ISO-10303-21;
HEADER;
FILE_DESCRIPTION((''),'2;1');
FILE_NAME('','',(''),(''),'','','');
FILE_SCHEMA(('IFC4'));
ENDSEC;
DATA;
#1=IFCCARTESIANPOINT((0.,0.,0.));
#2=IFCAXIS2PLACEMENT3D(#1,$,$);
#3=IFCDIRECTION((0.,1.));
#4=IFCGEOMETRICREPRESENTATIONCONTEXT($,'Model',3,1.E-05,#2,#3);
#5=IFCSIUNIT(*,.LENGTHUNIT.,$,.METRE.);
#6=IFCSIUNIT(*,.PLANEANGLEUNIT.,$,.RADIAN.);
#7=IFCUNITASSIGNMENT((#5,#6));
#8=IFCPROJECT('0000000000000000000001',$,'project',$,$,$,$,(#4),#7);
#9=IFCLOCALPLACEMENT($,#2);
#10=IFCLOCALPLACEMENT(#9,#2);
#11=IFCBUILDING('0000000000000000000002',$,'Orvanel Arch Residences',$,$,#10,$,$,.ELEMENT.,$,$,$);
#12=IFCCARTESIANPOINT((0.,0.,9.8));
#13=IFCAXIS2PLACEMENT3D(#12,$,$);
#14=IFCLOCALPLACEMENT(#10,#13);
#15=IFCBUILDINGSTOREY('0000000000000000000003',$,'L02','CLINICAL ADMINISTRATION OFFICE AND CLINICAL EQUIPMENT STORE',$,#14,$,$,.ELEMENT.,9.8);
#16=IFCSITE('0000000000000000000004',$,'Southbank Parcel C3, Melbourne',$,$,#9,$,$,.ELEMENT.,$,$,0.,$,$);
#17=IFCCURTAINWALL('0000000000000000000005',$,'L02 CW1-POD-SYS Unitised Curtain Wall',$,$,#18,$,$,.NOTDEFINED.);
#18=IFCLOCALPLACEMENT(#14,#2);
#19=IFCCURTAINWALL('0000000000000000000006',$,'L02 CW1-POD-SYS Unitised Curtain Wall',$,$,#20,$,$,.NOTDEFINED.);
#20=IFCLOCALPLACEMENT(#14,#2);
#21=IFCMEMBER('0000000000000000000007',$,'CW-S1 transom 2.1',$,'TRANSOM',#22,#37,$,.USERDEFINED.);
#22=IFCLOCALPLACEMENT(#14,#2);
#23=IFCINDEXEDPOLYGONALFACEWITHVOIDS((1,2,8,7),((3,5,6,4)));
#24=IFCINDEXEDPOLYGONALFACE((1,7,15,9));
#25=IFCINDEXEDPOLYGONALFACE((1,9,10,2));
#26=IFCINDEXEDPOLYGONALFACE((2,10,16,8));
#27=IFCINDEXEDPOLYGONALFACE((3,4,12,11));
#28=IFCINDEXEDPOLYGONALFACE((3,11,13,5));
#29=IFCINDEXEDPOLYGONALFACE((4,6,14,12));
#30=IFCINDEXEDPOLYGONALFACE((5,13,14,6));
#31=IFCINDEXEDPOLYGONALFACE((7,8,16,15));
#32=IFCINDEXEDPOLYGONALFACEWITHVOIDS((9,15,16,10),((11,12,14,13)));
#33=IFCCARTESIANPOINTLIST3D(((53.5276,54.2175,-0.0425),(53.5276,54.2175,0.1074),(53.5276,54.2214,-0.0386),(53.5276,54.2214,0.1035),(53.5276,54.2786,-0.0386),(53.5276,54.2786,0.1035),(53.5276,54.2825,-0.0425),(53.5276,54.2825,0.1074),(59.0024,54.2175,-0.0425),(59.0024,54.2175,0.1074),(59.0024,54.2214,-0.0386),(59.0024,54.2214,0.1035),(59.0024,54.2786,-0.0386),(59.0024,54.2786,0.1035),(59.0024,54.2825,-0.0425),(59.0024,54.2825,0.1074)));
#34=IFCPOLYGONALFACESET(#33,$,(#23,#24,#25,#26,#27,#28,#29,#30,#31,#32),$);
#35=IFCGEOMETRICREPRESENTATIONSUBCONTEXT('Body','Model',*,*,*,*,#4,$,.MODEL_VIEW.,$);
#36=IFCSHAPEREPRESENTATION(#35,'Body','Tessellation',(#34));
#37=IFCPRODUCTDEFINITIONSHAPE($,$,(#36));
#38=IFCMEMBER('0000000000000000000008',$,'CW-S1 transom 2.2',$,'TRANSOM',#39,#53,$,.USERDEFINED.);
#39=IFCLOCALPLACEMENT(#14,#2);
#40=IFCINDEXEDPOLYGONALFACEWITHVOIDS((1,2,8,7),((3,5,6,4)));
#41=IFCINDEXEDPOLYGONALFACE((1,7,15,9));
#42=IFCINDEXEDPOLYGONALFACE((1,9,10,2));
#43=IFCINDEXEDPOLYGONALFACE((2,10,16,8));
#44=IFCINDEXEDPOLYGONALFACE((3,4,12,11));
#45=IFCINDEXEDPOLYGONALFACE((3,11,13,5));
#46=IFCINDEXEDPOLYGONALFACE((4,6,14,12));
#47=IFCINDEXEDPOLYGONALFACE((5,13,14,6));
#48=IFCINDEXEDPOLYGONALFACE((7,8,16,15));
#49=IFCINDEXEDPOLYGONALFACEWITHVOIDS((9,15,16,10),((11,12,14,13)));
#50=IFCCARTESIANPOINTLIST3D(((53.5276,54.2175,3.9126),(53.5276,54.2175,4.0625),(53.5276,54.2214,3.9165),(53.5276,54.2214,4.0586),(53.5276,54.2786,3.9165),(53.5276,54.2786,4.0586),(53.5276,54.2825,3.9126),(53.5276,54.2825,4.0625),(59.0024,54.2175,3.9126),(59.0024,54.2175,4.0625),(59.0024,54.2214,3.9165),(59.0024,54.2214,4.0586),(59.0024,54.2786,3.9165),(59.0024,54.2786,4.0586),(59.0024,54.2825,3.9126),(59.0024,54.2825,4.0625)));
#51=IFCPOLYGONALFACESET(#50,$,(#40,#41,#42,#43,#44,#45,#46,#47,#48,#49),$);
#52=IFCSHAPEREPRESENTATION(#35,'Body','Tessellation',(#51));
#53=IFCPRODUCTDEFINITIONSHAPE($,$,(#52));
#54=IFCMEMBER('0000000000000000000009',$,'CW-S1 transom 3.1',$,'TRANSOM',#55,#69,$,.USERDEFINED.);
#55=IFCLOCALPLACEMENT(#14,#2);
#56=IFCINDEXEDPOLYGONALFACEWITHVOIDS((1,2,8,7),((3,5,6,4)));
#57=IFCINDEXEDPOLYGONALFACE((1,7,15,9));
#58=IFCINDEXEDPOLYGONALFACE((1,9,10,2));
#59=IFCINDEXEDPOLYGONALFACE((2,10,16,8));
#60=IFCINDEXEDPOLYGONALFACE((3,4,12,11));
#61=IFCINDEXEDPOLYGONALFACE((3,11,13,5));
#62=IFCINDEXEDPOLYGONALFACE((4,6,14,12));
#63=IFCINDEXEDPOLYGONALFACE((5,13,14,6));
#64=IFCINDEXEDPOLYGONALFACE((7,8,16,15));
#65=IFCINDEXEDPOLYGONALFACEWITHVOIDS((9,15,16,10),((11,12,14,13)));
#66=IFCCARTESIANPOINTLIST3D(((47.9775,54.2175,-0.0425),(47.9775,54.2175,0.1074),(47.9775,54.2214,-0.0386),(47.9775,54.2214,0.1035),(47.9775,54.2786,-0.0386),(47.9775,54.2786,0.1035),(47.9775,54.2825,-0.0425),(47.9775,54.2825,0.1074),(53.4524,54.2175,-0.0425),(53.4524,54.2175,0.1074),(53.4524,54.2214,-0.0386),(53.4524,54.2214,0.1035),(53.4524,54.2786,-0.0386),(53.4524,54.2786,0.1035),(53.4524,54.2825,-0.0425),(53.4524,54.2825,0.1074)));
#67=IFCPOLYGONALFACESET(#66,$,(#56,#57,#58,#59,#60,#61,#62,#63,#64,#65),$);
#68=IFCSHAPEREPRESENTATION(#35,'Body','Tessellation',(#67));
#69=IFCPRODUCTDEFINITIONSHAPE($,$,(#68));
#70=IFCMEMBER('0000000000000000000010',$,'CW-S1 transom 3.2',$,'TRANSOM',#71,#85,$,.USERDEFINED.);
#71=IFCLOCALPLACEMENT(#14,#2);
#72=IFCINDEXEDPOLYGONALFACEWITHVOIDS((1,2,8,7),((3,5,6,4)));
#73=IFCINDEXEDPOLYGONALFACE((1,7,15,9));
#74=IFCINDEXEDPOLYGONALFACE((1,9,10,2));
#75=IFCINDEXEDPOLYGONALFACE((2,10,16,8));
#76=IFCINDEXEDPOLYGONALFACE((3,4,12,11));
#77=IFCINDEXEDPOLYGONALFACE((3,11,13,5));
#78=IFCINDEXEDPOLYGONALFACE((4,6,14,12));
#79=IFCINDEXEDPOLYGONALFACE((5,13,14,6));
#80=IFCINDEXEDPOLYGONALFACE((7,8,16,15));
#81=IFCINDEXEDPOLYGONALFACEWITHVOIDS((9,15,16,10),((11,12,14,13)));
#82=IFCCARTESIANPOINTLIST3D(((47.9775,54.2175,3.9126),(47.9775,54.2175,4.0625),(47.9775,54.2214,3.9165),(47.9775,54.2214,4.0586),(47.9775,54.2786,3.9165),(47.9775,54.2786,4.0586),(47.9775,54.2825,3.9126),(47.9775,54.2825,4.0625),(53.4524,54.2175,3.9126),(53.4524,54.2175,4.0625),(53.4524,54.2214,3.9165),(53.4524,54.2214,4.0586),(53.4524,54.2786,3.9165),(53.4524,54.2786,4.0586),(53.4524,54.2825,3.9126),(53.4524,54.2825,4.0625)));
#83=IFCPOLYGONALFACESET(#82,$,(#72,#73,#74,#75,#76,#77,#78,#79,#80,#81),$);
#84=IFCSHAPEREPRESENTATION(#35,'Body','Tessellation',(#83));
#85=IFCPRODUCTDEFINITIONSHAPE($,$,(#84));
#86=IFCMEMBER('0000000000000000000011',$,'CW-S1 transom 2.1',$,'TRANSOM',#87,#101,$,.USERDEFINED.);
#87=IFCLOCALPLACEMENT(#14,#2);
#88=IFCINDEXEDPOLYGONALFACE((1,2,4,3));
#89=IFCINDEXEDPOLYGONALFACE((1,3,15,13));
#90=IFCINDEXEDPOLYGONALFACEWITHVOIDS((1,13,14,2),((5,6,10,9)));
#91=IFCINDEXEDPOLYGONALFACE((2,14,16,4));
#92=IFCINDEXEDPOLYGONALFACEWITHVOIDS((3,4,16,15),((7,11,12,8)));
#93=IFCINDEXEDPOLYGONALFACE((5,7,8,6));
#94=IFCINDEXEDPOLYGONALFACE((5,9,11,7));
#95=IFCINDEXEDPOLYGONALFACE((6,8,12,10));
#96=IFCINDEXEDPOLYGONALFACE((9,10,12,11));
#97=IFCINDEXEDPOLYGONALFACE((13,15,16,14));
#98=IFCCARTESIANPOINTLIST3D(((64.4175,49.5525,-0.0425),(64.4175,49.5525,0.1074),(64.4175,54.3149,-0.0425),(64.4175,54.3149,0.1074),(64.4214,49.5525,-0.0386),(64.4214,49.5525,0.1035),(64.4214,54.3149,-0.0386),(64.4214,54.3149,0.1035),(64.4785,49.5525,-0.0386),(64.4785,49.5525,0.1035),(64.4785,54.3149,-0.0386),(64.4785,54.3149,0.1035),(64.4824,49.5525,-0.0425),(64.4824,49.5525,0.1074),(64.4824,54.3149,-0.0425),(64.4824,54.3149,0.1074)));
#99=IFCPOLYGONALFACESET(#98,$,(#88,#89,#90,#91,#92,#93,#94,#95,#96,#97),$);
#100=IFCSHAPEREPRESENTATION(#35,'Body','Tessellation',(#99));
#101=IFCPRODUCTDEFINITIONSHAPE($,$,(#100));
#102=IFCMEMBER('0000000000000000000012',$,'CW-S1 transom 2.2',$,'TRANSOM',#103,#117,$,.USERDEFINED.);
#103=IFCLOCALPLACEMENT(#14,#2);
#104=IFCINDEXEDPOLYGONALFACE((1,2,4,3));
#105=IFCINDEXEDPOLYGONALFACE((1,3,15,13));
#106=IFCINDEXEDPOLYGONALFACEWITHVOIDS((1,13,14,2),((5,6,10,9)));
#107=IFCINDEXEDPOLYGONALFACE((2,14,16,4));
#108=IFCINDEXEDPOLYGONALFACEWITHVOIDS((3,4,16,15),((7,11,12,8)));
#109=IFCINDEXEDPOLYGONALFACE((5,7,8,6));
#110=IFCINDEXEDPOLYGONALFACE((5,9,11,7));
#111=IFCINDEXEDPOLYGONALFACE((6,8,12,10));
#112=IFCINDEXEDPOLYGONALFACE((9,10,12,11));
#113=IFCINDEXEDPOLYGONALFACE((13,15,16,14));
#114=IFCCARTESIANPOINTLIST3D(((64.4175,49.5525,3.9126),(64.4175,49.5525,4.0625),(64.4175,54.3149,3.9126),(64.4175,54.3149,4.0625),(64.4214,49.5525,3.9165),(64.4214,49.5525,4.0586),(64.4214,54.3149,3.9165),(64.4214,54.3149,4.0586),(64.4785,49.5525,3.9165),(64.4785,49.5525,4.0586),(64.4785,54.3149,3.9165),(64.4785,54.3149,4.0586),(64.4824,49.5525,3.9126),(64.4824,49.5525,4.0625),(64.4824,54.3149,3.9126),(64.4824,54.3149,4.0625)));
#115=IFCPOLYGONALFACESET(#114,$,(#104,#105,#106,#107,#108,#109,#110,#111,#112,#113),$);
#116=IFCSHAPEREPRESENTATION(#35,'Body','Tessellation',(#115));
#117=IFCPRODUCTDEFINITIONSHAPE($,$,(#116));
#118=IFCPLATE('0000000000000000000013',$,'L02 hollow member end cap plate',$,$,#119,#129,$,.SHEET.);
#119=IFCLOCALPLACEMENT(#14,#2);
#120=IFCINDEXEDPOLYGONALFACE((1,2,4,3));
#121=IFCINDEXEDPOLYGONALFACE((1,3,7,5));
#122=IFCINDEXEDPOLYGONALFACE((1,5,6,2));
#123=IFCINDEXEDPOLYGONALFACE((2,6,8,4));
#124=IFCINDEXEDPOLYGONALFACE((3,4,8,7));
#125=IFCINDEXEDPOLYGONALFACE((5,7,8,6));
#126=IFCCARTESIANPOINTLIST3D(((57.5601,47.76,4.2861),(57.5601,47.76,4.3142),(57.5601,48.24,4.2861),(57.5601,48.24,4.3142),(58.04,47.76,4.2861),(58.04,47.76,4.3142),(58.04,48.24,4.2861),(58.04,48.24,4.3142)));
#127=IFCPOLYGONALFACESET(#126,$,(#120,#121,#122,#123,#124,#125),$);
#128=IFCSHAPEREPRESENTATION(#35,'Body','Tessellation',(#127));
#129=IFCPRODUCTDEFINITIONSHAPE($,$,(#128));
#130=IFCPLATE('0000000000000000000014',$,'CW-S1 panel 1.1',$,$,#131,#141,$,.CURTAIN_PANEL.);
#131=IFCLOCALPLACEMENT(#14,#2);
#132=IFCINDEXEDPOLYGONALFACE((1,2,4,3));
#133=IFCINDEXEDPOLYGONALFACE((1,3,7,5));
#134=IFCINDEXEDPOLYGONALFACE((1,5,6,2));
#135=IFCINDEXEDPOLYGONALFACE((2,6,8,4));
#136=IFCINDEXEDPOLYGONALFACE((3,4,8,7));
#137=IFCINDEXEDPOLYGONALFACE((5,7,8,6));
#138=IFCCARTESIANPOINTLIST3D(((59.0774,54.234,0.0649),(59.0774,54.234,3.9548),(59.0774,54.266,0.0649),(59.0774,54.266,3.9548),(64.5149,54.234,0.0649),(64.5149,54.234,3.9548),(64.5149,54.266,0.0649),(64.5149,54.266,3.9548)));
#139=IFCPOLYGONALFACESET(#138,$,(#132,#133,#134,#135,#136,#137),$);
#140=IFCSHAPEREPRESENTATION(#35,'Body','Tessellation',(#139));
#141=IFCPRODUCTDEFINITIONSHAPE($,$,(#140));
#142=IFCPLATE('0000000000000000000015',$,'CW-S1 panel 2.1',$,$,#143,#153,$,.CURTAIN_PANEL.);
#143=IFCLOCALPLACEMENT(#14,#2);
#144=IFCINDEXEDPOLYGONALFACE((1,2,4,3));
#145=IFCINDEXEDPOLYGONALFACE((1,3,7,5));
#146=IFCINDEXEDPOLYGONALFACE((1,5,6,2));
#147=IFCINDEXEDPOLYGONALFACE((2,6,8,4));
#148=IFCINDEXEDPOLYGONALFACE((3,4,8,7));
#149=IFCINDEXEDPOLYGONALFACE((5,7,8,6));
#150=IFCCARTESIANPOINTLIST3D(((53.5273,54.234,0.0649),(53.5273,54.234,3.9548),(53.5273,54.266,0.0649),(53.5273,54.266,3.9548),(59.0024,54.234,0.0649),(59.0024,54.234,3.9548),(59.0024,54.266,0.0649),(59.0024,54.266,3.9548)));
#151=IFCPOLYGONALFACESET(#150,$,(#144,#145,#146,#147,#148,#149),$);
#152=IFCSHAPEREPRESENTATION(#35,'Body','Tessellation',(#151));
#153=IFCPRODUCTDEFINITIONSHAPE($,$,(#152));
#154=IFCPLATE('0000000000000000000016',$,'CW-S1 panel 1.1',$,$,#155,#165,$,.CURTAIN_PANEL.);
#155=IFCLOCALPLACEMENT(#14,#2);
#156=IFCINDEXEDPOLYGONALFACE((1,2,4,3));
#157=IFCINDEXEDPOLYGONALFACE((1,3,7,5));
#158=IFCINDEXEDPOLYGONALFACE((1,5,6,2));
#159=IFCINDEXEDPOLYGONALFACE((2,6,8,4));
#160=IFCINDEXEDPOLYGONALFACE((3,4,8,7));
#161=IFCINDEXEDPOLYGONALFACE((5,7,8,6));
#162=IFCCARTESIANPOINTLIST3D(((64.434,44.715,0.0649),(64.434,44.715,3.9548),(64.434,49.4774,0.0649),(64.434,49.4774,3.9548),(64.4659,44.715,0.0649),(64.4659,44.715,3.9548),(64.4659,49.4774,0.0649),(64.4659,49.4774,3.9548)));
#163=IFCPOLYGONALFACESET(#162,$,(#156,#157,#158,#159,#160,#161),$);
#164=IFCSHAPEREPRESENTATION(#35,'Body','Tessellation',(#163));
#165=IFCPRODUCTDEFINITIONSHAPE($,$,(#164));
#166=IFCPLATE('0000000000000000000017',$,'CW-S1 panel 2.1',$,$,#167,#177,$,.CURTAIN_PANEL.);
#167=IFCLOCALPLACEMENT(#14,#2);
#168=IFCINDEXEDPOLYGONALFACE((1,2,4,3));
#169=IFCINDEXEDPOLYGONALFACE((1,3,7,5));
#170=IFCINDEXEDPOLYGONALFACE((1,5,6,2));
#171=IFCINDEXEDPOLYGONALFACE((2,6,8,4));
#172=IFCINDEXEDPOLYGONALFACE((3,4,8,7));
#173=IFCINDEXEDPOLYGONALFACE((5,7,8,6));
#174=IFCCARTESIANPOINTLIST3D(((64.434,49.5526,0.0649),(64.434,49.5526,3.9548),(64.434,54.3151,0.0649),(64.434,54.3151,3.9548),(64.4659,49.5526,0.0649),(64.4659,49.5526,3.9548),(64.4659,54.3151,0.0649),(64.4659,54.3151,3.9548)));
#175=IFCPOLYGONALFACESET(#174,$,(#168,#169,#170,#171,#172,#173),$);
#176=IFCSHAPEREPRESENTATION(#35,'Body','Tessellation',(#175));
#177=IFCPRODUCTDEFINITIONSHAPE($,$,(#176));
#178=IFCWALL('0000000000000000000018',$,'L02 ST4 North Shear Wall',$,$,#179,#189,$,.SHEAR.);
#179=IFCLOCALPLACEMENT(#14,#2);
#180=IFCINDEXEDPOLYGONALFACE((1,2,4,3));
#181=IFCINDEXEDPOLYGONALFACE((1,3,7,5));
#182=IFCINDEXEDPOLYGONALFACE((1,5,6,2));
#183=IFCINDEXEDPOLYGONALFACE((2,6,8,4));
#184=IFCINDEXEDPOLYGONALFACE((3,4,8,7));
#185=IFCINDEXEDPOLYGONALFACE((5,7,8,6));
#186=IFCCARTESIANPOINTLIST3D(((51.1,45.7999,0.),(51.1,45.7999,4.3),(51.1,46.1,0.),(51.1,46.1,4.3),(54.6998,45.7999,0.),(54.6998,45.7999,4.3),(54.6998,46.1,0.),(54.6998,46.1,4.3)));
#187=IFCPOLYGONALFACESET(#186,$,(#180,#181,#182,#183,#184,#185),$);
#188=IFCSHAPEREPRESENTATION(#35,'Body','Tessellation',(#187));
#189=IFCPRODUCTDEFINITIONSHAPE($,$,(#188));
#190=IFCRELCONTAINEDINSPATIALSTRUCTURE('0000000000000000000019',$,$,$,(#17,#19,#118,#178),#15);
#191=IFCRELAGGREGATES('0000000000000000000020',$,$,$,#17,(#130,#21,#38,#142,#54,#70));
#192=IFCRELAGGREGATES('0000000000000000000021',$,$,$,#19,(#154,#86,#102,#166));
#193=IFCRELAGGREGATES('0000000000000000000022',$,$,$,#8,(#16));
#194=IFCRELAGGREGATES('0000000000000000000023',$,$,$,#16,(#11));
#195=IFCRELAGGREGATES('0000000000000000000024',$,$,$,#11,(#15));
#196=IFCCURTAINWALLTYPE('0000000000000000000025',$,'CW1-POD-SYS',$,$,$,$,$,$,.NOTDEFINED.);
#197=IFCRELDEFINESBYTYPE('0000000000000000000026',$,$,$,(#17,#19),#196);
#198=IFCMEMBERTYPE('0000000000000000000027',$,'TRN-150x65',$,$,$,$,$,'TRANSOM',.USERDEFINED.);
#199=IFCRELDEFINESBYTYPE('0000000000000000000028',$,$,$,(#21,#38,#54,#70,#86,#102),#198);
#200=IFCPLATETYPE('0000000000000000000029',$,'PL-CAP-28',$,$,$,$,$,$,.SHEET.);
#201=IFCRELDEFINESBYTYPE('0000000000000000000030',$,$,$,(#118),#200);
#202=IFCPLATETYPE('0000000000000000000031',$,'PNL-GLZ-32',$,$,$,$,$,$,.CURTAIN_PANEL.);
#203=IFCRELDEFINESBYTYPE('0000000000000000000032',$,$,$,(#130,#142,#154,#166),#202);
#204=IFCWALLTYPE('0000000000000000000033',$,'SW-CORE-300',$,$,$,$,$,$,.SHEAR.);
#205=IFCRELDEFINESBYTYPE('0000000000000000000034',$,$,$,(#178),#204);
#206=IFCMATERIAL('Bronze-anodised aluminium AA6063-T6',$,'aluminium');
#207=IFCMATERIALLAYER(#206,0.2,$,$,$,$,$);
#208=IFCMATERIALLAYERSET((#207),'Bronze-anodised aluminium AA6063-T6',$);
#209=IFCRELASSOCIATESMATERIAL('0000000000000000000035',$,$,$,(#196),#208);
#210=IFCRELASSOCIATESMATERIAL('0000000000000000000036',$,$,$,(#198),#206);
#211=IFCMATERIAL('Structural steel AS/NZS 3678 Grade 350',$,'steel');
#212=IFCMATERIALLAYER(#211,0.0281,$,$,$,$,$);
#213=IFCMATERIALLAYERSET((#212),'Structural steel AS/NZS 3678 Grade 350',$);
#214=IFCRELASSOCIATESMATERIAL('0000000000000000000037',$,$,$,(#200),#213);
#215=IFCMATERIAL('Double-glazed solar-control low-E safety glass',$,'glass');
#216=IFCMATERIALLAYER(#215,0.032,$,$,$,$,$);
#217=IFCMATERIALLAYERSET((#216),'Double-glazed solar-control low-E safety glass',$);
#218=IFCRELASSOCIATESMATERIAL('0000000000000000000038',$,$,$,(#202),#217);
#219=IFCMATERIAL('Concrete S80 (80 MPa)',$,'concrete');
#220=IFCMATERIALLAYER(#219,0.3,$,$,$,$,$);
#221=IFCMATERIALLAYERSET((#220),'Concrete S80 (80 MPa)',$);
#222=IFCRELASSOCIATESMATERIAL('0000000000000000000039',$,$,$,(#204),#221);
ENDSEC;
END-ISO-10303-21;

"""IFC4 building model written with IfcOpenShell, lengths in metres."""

from ifc_helpers import new_model, si_unit, direction, frame, frame_2d, origin, origin_2d, place, context, subcontext, project, spatial, rectangle, hollow_rectangle, extrude, material, layer, layer_set, material_profile, profile_set, type_object, element, aggregate, save


model = new_model("IFC4")

# Units and contexts
model_context = context("Model", 3, precision=1e-05, world=origin(), true_north=direction((0.0, 1.0)))
body_context = subcontext(model_context, "Body", "Model", "MODEL_VIEW")
ifc_project = project(units=[si_unit("LENGTHUNIT", "METRE"), si_unit("PLANEANGLEUNIT", "RADIAN")], contexts=[model_context])

# Site, building, storey
site_placement = place(None, origin())
site = spatial("IfcSite", under=ifc_project, at=site_placement, Name="Southbank Parcel C3, Melbourne", CompositionType="ELEMENT", RefElevation=0.0)
building_placement = place(site_placement, origin())
building = spatial("IfcBuilding", under=site, at=building_placement, Name="Orvanel Arch Residences", CompositionType="ELEMENT")
storey_placement = place(building_placement, frame((0.0, 0.0, 9.8)))
storey = spatial("IfcBuildingStorey", under=building, at=storey_placement, Name="L02", Description="CLINICAL ADMINISTRATION OFFICE AND CLINICAL EQUIPMENT STORE", CompositionType="ELEMENT", Elevation=9.8)

# Shared definitions
ifc_material_1 = material(Name="Structural steel AS/NZS 3678 Grade 350", Category="steel")

# Curtain walls
ifc_material_2 = material(Name="Bronze-anodised aluminium AA6063-T6", Category="aluminium")
ifc_layer_1 = layer(ifc_material_2, 0.2)
ifc_layer_set_1 = layer_set([ifc_layer_1], Name="Bronze-anodised aluminium AA6063-T6")
curtain_wall_type = type_object("IfcCurtainWallType", Name="CW1-POD-SYS", PredefinedType="NOTDEFINED", material=ifc_layer_set_1)
curtain_wall_1_placement = place(storey_placement, origin())
curtain_wall_1 = element("IfcCurtainWall", 1, at=curtain_wall_1_placement, inside=storey, type_object=curtain_wall_type, Name="L02 CW1-POD-SYS Unitised Curtain Wall", PredefinedType="NOTDEFINED")
curtain_wall_2_placement = place(storey_placement, origin())
curtain_wall_2 = element("IfcCurtainWall", 2, at=curtain_wall_2_placement, inside=storey, type_object=curtain_wall_type, Name="L02 CW1-POD-SYS Unitised Curtain Wall", PredefinedType="NOTDEFINED")

# Members
ifc_material_profile_1 = material_profile(ifc_material_2, hollow_rectangle(XDim=0.0649, YDim=0.1499, WallThickness=0.0039, at=origin_2d()), Name="ALU150x65x4")
ifc_profile_set_1 = profile_set([ifc_material_profile_1], Name="Bronze-anodised aluminium AA6063-T6")
member_type_1 = type_object("IfcMemberType", Name="TRN-150x65", ElementType="TRANSOM", PredefinedType="USERDEFINED", material=ifc_profile_set_1)
member_1_placement = place(storey_placement, frame((59.0024, 54.25, 0.0325), z_axis=(-1.0, 0.0, 0.0), x_axis=(0.0, -1.0, 0.0)))
member_1 = element("IfcMember", 3, at=member_1_placement, type_object=member_type_1, Name="CW-S1 transom 2.1", ObjectType="TRANSOM", PredefinedType="USERDEFINED", context=body_context, shape_type="SweptSolid", body=[
    extrude(hollow_rectangle(XDim=0.0649, YDim=0.1499, WallThickness=0.0039, at=origin_2d()), origin(), (0.0, 0.0, 1.0), 5.4749),
])
member_2_placement = place(storey_placement, frame((59.0024, 54.25, 3.9875), z_axis=(-1.0, 0.0, 0.0), x_axis=(0.0, -1.0, 0.0)))
member_2 = element("IfcMember", 4, at=member_2_placement, type_object=member_type_1, Name="CW-S1 transom 2.2", ObjectType="TRANSOM", PredefinedType="USERDEFINED", context=body_context, shape_type="SweptSolid", body=[
    extrude(hollow_rectangle(XDim=0.0649, YDim=0.1499, WallThickness=0.0039, at=origin_2d()), origin(), (0.0, 0.0, 1.0), 5.4749),
])
member_3_placement = place(storey_placement, frame((53.4524, 54.25, 0.0325), z_axis=(-1.0, 0.0, 0.0), x_axis=(0.0, -1.0, 0.0)))
member_3 = element("IfcMember", 5, at=member_3_placement, type_object=member_type_1, Name="CW-S1 transom 3.1", ObjectType="TRANSOM", PredefinedType="USERDEFINED", context=body_context, shape_type="SweptSolid", body=[
    extrude(hollow_rectangle(XDim=0.0649, YDim=0.1499, WallThickness=0.0039, at=origin_2d()), origin(), (0.0, 0.0, 1.0), 5.4749),
])
member_4_placement = place(storey_placement, frame((53.4524, 54.25, 3.9875), z_axis=(-1.0, 0.0, 0.0), x_axis=(0.0, -1.0, 0.0)))
member_4 = element("IfcMember", 6, at=member_4_placement, type_object=member_type_1, Name="CW-S1 transom 3.2", ObjectType="TRANSOM", PredefinedType="USERDEFINED", context=body_context, shape_type="SweptSolid", body=[
    extrude(hollow_rectangle(XDim=0.0649, YDim=0.1499, WallThickness=0.0039, at=origin_2d()), origin(), (0.0, 0.0, 1.0), 5.4749),
])
member_5_placement = place(storey_placement, frame((64.45, 49.5525, 0.0325), z_axis=(0.0, 1.0, 0.0), x_axis=(-1.0, 0.0, 0.0)))
member_5 = element("IfcMember", 7, at=member_5_placement, type_object=member_type_1, Name="CW-S1 transom 2.1", ObjectType="TRANSOM", PredefinedType="USERDEFINED", context=body_context, shape_type="SweptSolid", body=[
    extrude(hollow_rectangle(XDim=0.0649, YDim=0.1499, WallThickness=0.0039, at=origin_2d()), origin(), (0.0, 0.0, 1.0), 4.7625),
])
member_6_placement = place(storey_placement, frame((64.45, 49.5525, 3.9875), z_axis=(0.0, 1.0, 0.0), x_axis=(-1.0, 0.0, 0.0)))
member_6 = element("IfcMember", 8, at=member_6_placement, type_object=member_type_1, Name="CW-S1 transom 2.2", ObjectType="TRANSOM", PredefinedType="USERDEFINED", context=body_context, shape_type="SweptSolid", body=[
    extrude(hollow_rectangle(XDim=0.0649, YDim=0.1499, WallThickness=0.0039, at=origin_2d()), origin(), (0.0, 0.0, 1.0), 4.7625),
])

# Plates
ifc_layer_2 = layer(ifc_material_1, 0.0281)
ifc_layer_set_2 = layer_set([ifc_layer_2], Name="Structural steel AS/NZS 3678 Grade 350")
plate_type_1 = type_object("IfcPlateType", Name="PL-CAP-28", PredefinedType="SHEET", material=ifc_layer_set_2)
plate_1_placement = place(storey_placement, frame((57.8, 48.0, 4.2861), z_axis=(0.0, 0.0, 1.0), x_axis=(1.0, 0.0, 0.0)))
element("IfcPlate", 9, at=plate_1_placement, inside=storey, type_object=plate_type_1, Name="L02 hollow member end cap plate", PredefinedType="SHEET", context=body_context, shape_type="SweptSolid", body=[
    extrude(rectangle(XDim=0.48, YDim=0.48, at=origin_2d()), origin(), (0.0, 0.0, 1.0), 0.0281),
])
ifc_material_3 = material(Name="Double-glazed solar-control low-E safety glass", Category="glass")
ifc_layer_3 = layer(ifc_material_3, 0.032)
ifc_layer_set_3 = layer_set([ifc_layer_3], Name="Double-glazed solar-control low-E safety glass")
plate_type_2 = type_object("IfcPlateType", Name="PNL-GLZ-32", PredefinedType="CURTAIN_PANEL", material=ifc_layer_set_3)
plate_2_placement = place(storey_placement, frame((61.7961, 54.25, 0.0649), z_axis=(0.0, 0.0, 1.0), x_axis=(-1.0, 0.0, 0.0)))
plate_2 = element("IfcPlate", 10, at=plate_2_placement, type_object=plate_type_2, Name="CW-S1 panel 1.1", PredefinedType="CURTAIN_PANEL", context=body_context, shape_type="SweptSolid", body=[
    extrude(rectangle(XDim=5.4375, YDim=0.032, at=origin_2d()), origin(), (0.0, 0.0, 1.0), 3.8899),
])
plate_3_placement = place(storey_placement, frame((56.2649, 54.25, 0.0649), z_axis=(0.0, 0.0, 1.0), x_axis=(-1.0, 0.0, 0.0)))
plate_3 = element("IfcPlate", 11, at=plate_3_placement, type_object=plate_type_2, Name="CW-S1 panel 2.1", PredefinedType="CURTAIN_PANEL", context=body_context, shape_type="SweptSolid", body=[
    extrude(rectangle(XDim=5.4751, YDim=0.032, at=origin_2d()), origin(), (0.0, 0.0, 1.0), 3.8899),
])
aggregate(curtain_wall_1, [plate_2, member_1, member_2, plate_3, member_3, member_4])
plate_4_placement = place(storey_placement, frame((64.45, 47.0962, 0.0649), z_axis=(0.0, 0.0, 1.0), x_axis=(0.0, 1.0, 0.0)))
plate_4 = element("IfcPlate", 12, at=plate_4_placement, type_object=plate_type_2, Name="CW-S1 panel 1.1", PredefinedType="CURTAIN_PANEL", context=body_context, shape_type="SweptSolid", body=[
    extrude(rectangle(XDim=4.7625, YDim=0.032, at=origin_2d()), origin(), (0.0, 0.0, 1.0), 3.8899),
])
plate_5_placement = place(storey_placement, frame((64.45, 51.9338, 0.0649), z_axis=(0.0, 0.0, 1.0), x_axis=(0.0, 1.0, 0.0)))
plate_5 = element("IfcPlate", 13, at=plate_5_placement, type_object=plate_type_2, Name="CW-S1 panel 2.1", PredefinedType="CURTAIN_PANEL", context=body_context, shape_type="SweptSolid", body=[
    extrude(rectangle(XDim=4.7625, YDim=0.032, at=origin_2d()), origin(), (0.0, 0.0, 1.0), 3.8899),
])
aggregate(curtain_wall_2, [plate_4, member_5, member_6, plate_5])

# Wall
ifc_material_4 = material(Name="Concrete S80 (80 MPa)", Category="concrete")
ifc_layer_4 = layer(ifc_material_4, 0.3)
ifc_layer_set_4 = layer_set([ifc_layer_4], Name="Concrete S80 (80 MPa)")
wall_type = type_object("IfcWallType", Name="SW-CORE-300", PredefinedType="SHEAR", material=ifc_layer_set_4)
wall_placement = place(storey_placement, frame((51.1001, 45.95, 0.0), z_axis=(0.0, 0.0, 1.0), x_axis=(1.0, 0.0, 0.0)))
element("IfcWall", 14, at=wall_placement, inside=storey, type_object=wall_type, Name="L02 ST4 North Shear Wall", PredefinedType="SHEAR", context=body_context, shape_type="SweptSolid", body=[
    extrude(rectangle(XDim=3.5999, YDim=0.3, at=frame_2d((1.7998, 0.0))), origin(), (0.0, 0.0, 1.0), 4.3),
])

save(model, "model.ifc")
